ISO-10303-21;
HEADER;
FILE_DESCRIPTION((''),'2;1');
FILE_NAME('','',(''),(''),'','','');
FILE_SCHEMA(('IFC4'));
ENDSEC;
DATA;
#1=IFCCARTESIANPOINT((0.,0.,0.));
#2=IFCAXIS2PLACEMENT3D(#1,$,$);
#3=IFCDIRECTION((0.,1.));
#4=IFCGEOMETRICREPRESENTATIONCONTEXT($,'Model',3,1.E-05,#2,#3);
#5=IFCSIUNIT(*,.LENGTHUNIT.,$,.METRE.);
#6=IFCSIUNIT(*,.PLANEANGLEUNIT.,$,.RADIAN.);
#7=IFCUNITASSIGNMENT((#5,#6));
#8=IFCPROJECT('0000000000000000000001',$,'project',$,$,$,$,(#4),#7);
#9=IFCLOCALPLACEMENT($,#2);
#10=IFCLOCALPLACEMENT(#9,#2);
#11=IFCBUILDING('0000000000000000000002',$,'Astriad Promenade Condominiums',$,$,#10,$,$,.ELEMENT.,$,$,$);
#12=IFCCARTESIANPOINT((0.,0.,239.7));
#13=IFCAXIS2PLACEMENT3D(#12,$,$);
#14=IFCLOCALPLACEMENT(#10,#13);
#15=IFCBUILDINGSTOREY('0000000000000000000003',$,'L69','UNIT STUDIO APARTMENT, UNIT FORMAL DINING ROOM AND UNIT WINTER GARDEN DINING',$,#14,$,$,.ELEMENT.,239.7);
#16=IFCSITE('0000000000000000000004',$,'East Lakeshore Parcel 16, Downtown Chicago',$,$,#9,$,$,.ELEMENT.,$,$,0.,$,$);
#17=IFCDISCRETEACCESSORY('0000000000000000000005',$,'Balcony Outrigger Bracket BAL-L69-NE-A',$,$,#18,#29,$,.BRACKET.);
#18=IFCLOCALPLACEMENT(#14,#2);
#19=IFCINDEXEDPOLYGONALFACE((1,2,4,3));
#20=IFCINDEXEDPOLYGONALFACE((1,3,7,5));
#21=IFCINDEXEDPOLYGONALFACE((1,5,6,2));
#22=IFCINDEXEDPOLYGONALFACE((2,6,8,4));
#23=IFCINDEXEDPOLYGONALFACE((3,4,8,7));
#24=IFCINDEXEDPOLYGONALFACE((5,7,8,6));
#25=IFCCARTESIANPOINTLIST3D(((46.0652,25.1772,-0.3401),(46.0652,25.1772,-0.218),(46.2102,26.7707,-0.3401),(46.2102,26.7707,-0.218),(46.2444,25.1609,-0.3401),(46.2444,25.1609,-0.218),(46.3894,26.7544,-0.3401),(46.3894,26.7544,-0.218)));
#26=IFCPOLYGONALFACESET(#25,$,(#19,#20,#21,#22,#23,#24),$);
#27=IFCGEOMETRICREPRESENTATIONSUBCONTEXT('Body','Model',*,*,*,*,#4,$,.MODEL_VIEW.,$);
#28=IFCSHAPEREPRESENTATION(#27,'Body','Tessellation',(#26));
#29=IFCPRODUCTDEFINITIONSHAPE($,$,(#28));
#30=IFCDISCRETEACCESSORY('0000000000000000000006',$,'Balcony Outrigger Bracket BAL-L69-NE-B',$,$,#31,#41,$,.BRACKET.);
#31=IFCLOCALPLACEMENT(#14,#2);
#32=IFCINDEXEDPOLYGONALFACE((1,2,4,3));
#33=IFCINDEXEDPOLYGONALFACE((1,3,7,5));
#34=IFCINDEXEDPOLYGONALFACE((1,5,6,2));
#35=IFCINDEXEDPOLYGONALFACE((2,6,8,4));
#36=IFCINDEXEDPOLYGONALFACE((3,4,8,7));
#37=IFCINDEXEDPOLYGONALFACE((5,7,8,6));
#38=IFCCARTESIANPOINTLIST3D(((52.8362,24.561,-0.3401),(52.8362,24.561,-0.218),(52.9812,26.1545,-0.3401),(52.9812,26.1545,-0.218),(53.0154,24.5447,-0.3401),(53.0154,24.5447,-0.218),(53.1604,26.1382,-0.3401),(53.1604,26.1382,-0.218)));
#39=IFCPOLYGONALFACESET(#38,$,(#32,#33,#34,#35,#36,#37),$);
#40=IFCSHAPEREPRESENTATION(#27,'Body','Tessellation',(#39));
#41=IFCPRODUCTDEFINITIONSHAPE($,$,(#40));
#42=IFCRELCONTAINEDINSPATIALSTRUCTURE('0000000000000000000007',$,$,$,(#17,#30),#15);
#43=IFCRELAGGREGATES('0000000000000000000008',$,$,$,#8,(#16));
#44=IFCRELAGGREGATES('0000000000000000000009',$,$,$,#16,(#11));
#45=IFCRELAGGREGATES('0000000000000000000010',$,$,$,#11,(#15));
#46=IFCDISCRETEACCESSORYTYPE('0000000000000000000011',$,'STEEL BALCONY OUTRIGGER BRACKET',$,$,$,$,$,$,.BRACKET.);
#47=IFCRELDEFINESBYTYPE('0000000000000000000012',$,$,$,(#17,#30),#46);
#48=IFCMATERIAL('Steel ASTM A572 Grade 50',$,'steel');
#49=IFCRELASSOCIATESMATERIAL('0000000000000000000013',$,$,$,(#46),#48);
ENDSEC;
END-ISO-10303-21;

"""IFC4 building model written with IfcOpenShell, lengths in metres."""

from ifc_helpers import new_model, si_unit, direction, frame, origin, origin_2d, place, context, subcontext, project, spatial, rectangle, extrude, source, transform, mapped, material, type_object, type_shapes, element, save


model = new_model("IFC4")

# Units and contexts
model_context = context("Model", 3, precision=1e-05, world=origin(), true_north=direction((0.0, 1.0)))
body_context = subcontext(model_context, "Body", "Model", "MODEL_VIEW")
ifc_project = project(units=[si_unit("LENGTHUNIT", "METRE"), si_unit("PLANEANGLEUNIT", "RADIAN")], contexts=[model_context])

# Site, building, storey
site_placement = place(None, origin())
site = spatial("IfcSite", under=ifc_project, at=site_placement, Name="East Lakeshore Parcel 16, Downtown Chicago", CompositionType="ELEMENT", RefElevation=0.0)
building_placement = place(site_placement, origin())
building = spatial("IfcBuilding", under=site, at=building_placement, Name="Astriad Promenade Condominiums", CompositionType="ELEMENT")
storey_placement = place(building_placement, frame((0.0, 0.0, 239.7)))
storey = spatial("IfcBuildingStorey", under=building, at=storey_placement, Name="L69", Description="UNIT STUDIO APARTMENT, UNIT FORMAL DINING ROOM AND UNIT WINTER GARDEN DINING", CompositionType="ELEMENT", Elevation=239.7)

# Discrete accessories
ifc_material_1 = material(Name="Steel ASTM A572 Grade 50", Category="steel")
discrete_accessory_type = type_object("IfcDiscreteAccessoryType", Name="STEEL BALCONY OUTRIGGER BRACKET", PredefinedType="BRACKET", material=ifc_material_1)
shared_shape_1 = source(origin(), body_context, "Body", "SweptSolid", [
    extrude(rectangle(XDim=1.6001, YDim=0.1799, at=origin_2d()), origin(), (0.0, 0.0, 1.0), 0.1221),
])
type_shapes(discrete_accessory_type, [shared_shape_1])
for number, where, z_axis, x_axis, name in (
    (1, (46.2273, 25.9658, -0.3401), (0.0, 0.0, 1.0), (0.090633, 0.995884, 0.0), "Balcony Outrigger Bracket BAL-L69-NE-A"),
    (2, (52.9983, 25.3496, -0.3401), (0.0, 0.0, 1.0), (0.090633, 0.995884, 0.0), "Balcony Outrigger Bracket BAL-L69-NE-B"),
):
    element("IfcDiscreteAccessory", number, at=place(storey_placement, frame(where, z_axis=z_axis, x_axis=x_axis)), inside=storey, type_object=discrete_accessory_type, Name=name, PredefinedType="BRACKET", context=body_context, shape_type="MappedRepresentation", body=[
        mapped(shared_shape_1, transform((0.0, 0.0, 0.0), scale=1.0)),
    ])

save(model, "model.ifc")
